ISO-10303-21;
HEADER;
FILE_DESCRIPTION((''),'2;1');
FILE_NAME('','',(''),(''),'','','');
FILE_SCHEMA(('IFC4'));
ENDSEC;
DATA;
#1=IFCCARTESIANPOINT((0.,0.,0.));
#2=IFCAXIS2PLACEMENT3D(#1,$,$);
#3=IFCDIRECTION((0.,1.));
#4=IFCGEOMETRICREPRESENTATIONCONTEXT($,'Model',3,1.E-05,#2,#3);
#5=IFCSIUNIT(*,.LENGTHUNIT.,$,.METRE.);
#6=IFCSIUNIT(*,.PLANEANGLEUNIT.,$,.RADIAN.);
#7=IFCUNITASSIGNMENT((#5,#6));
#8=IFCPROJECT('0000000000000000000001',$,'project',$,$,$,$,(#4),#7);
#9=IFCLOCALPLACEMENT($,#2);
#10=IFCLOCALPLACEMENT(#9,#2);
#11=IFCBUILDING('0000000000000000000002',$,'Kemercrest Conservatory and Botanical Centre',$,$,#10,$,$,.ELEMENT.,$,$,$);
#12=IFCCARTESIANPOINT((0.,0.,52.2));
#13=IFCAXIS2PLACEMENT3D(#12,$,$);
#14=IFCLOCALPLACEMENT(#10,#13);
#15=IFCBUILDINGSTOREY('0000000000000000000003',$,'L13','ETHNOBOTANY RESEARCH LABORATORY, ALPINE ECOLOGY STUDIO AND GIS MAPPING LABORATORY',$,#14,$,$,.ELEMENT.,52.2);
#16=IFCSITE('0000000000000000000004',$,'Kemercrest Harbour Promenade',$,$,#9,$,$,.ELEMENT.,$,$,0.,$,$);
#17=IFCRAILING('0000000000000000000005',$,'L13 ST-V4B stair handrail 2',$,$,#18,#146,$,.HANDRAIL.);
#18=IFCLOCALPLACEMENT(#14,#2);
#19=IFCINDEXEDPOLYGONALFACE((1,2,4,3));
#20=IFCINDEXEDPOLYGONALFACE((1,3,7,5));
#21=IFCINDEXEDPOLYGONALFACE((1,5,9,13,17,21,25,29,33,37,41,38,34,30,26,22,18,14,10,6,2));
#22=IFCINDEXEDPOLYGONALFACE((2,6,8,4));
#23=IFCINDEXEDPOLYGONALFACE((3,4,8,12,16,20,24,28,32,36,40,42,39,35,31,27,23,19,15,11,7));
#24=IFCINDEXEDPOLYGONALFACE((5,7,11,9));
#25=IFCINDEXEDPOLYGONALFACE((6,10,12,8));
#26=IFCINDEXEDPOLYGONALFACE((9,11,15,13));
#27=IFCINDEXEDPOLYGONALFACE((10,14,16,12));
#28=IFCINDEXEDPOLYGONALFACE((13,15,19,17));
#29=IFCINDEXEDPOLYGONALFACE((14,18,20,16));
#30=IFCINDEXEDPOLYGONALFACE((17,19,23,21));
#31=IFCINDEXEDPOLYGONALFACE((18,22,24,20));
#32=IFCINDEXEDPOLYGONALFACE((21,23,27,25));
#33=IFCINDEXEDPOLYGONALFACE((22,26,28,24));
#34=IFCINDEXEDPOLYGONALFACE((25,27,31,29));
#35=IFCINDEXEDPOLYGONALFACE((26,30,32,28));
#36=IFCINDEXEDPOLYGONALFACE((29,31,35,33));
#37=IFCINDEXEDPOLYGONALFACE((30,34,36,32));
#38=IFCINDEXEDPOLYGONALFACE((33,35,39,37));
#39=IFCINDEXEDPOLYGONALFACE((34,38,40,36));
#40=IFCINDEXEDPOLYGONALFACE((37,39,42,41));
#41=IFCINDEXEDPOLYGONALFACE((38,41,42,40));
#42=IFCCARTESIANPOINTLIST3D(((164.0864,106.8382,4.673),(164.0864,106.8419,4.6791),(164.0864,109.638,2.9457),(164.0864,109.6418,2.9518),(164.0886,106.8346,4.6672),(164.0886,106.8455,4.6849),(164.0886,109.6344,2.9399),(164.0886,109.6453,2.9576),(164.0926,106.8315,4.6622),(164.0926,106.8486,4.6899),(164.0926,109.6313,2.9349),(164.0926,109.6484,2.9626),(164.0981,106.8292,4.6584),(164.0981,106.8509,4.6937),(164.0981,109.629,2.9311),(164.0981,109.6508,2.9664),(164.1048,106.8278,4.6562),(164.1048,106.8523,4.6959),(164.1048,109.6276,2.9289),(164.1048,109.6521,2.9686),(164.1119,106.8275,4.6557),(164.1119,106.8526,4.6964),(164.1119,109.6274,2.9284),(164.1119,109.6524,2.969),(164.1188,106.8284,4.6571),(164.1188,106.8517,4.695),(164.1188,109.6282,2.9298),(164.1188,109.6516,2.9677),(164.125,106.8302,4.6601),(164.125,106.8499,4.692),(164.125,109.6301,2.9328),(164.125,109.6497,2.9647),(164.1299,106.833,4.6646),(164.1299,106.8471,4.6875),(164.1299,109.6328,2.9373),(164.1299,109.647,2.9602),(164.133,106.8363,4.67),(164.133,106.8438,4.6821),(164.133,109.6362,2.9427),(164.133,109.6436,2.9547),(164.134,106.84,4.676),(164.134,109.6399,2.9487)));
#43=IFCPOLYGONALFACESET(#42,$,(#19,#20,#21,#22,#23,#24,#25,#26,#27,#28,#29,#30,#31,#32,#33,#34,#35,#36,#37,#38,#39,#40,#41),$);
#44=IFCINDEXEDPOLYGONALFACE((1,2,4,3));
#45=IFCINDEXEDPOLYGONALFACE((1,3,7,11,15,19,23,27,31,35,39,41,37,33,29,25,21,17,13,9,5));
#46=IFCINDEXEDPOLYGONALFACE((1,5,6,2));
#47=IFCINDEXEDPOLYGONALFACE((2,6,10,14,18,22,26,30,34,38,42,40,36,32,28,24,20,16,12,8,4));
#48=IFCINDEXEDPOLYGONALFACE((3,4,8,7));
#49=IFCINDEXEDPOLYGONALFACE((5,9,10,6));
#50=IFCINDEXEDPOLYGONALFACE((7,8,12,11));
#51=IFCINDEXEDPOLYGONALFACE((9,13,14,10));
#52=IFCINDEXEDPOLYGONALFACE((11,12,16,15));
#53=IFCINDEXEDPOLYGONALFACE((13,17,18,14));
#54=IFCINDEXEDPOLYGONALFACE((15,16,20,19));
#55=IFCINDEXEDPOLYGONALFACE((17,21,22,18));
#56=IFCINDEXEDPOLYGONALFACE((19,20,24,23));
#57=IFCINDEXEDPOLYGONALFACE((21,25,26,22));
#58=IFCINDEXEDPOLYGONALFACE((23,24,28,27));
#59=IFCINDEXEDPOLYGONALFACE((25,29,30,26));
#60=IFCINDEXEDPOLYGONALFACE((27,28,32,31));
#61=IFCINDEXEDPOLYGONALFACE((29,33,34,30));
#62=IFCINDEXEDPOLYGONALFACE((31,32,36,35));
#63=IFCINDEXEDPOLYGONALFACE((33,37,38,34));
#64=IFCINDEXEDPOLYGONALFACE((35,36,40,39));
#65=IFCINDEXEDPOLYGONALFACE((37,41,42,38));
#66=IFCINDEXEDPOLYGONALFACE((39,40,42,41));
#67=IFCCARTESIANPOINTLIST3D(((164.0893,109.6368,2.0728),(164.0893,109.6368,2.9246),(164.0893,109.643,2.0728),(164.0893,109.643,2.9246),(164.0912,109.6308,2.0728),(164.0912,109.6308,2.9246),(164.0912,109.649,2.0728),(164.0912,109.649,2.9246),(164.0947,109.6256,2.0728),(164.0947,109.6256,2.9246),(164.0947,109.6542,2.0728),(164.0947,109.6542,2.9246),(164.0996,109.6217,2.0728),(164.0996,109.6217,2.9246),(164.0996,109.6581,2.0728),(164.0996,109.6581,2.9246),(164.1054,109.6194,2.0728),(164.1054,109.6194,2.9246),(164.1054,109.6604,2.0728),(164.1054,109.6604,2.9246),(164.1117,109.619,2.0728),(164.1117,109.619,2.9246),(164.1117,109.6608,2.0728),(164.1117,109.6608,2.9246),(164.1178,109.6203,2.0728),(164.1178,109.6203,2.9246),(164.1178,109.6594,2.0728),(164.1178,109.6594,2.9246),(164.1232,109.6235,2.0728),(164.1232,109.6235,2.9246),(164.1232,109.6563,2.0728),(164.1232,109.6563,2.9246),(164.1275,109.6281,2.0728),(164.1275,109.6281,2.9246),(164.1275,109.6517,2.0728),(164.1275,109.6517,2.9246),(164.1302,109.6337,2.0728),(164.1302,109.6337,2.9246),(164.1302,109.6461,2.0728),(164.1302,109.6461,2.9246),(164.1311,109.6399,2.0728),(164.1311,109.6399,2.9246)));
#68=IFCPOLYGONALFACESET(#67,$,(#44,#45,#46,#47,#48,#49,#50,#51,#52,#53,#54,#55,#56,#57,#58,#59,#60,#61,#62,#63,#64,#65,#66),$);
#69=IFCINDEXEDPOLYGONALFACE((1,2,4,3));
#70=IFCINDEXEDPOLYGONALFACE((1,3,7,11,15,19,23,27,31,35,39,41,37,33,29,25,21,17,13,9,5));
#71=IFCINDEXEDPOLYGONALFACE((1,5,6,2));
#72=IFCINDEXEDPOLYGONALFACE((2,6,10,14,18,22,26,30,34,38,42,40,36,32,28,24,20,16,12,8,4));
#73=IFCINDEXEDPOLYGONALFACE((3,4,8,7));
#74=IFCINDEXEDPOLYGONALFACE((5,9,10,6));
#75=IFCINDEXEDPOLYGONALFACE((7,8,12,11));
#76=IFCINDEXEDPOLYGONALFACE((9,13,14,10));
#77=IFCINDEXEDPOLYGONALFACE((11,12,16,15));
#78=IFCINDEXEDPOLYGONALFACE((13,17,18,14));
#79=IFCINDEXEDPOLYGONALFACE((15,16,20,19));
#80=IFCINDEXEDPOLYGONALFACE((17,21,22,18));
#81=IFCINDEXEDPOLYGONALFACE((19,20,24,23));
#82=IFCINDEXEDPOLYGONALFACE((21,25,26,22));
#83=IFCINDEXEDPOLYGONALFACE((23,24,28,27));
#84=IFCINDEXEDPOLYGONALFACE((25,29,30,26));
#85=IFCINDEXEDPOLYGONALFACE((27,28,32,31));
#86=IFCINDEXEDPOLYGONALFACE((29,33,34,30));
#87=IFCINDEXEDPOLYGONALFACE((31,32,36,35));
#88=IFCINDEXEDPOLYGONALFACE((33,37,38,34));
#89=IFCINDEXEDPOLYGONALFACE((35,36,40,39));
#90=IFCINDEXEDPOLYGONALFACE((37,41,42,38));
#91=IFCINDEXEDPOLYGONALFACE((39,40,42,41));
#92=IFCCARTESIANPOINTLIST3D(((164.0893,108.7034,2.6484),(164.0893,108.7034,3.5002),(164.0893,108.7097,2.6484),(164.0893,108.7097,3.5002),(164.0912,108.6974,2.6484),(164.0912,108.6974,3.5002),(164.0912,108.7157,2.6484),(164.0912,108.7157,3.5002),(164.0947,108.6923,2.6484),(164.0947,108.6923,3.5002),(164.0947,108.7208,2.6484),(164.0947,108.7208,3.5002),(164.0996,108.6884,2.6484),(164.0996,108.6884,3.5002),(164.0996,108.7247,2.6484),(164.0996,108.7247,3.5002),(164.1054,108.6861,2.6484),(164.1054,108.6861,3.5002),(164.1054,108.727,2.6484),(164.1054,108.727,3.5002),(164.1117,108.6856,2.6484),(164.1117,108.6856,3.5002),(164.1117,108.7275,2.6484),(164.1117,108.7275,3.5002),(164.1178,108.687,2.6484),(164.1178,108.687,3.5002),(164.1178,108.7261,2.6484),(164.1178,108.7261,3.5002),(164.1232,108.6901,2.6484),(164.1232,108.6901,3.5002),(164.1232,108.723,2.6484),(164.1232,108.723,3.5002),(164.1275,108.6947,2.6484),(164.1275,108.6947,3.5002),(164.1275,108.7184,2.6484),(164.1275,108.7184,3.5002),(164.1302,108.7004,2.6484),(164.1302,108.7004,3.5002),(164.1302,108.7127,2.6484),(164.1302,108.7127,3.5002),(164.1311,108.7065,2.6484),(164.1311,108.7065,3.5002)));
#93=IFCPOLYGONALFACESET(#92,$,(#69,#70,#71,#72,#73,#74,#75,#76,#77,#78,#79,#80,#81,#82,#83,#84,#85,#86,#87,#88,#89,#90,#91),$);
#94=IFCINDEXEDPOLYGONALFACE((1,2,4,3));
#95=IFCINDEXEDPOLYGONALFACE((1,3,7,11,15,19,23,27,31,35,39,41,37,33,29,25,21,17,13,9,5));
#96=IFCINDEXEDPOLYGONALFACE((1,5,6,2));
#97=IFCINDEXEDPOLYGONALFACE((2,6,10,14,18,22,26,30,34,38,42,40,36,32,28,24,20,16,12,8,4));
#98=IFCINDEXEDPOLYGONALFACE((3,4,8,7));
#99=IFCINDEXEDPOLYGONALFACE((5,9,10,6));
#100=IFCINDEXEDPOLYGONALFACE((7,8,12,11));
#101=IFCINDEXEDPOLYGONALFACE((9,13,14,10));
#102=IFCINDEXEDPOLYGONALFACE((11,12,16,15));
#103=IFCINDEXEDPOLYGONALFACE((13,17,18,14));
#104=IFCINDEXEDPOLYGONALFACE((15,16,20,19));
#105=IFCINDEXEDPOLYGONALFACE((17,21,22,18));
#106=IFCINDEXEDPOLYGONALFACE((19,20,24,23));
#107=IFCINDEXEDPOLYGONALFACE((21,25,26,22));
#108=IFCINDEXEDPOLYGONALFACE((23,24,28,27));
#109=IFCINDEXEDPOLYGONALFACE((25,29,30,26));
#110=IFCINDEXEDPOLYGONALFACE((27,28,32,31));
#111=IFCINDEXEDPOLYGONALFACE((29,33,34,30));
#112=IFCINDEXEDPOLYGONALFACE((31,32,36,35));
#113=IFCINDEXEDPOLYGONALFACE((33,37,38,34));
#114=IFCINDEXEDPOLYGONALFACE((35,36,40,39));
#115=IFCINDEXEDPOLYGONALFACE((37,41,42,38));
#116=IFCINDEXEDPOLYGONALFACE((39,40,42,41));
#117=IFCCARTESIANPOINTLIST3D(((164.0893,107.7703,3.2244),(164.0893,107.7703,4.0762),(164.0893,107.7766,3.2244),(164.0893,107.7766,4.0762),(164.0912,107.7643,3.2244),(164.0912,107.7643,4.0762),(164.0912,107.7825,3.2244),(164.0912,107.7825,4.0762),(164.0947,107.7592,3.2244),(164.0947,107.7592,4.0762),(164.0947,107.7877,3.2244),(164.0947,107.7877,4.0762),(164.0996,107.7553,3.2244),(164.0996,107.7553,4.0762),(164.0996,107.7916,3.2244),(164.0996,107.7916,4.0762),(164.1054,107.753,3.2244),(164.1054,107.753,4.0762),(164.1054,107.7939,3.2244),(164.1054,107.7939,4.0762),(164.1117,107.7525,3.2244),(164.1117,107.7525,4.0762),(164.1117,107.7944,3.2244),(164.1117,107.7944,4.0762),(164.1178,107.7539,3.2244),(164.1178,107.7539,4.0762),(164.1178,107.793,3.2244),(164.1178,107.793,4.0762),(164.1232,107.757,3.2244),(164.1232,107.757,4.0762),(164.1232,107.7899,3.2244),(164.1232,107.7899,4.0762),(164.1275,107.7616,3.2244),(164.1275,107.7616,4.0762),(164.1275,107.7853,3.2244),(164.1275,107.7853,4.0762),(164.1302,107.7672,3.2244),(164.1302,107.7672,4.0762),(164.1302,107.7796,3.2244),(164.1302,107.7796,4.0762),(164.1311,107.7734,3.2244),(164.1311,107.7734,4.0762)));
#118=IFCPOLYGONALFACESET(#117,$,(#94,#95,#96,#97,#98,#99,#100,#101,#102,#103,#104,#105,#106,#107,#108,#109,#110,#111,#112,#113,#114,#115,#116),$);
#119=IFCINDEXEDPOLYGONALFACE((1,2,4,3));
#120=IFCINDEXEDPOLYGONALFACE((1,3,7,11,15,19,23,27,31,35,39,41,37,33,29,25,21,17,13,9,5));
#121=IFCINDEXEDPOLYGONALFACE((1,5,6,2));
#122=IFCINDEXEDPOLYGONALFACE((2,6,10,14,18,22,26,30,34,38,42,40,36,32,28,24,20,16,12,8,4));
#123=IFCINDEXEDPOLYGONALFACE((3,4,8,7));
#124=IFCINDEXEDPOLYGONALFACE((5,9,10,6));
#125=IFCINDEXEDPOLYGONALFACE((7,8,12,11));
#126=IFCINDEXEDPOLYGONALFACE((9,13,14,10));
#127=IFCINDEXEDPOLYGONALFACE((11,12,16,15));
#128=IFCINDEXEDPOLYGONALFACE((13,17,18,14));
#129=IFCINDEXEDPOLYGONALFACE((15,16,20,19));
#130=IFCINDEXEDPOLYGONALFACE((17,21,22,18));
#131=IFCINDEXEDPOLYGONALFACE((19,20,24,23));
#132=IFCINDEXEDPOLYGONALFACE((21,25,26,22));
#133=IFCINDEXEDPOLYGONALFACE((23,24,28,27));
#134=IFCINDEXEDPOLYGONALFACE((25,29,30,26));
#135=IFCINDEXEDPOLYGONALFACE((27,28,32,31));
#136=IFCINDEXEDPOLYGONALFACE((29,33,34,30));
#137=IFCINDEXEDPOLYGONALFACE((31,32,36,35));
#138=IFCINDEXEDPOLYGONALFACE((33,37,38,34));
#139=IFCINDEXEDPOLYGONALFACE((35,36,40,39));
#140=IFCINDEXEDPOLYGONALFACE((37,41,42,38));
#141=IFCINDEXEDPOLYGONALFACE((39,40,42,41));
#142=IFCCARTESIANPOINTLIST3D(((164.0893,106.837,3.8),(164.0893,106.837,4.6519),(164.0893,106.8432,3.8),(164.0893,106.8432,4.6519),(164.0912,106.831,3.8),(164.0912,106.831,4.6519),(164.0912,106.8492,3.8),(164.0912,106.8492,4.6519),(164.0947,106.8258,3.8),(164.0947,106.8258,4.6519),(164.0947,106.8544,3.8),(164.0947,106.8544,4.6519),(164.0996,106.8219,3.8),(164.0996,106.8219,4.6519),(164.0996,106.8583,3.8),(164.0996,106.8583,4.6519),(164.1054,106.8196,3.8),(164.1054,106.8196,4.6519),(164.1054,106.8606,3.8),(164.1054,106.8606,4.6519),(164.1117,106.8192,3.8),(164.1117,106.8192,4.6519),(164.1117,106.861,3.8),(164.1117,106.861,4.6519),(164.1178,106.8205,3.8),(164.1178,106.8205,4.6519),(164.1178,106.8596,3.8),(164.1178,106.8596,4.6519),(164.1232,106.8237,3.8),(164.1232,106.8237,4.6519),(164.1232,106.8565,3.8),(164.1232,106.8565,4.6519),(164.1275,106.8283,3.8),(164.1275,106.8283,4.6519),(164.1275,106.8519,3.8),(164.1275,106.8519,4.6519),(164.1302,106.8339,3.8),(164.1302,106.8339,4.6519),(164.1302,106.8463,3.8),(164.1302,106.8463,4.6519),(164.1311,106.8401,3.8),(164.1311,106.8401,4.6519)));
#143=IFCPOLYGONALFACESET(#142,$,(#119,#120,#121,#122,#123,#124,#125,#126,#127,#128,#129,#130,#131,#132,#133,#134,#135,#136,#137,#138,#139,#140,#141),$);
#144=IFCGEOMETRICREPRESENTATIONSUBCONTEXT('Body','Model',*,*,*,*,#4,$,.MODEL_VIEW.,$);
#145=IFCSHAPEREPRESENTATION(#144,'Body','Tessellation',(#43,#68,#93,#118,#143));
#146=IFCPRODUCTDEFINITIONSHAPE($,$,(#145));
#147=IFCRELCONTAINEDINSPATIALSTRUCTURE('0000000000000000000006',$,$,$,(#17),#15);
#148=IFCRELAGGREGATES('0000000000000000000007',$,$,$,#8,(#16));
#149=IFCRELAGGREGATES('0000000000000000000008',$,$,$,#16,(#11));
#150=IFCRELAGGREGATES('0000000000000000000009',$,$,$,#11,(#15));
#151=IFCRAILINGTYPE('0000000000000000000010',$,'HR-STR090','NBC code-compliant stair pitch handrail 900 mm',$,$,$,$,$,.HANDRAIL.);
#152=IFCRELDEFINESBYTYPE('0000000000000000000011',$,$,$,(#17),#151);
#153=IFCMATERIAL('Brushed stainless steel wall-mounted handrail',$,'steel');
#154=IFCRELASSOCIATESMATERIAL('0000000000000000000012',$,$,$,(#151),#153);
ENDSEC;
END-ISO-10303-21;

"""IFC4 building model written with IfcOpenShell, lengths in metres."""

from ifc_helpers import new_model, si_unit, direction, frame, origin, origin_2d, place, context, subcontext, project, spatial, circle, extrude, material, type_object, element, save


model = new_model("IFC4")

# Units and contexts
model_context = context("Model", 3, precision=1e-05, world=origin(), true_north=direction((0.0, 1.0)))
body_context = subcontext(model_context, "Body", "Model", "MODEL_VIEW")
ifc_project = project(units=[si_unit("LENGTHUNIT", "METRE"), si_unit("PLANEANGLEUNIT", "RADIAN")], contexts=[model_context])

# Site, building, storey
site_placement = place(None, origin())
site = spatial("IfcSite", under=ifc_project, at=site_placement, Name="Kemercrest Harbour Promenade", CompositionType="ELEMENT", RefElevation=0.0)
building_placement = place(site_placement, origin())
building = spatial("IfcBuilding", under=site, at=building_placement, Name="Kemercrest Conservatory and Botanical Centre", CompositionType="ELEMENT")
storey_placement = place(building_placement, frame((0.0, 0.0, 52.2)))
storey = spatial("IfcBuildingStorey", under=building, at=storey_placement, Name="L13", Description="ETHNOBOTANY RESEARCH LABORATORY, ALPINE ECOLOGY STUDIO AND GIS MAPPING LABORATORY", CompositionType="ELEMENT", Elevation=52.2)

# Railing
ifc_material_1 = material(Name="Brushed stainless steel wall-mounted handrail", Category="steel")
railing_type_1 = type_object("IfcRailingType", Name="HR-STR090", Description="NBC code-compliant stair pitch handrail 900 mm", PredefinedType="HANDRAIL", material=ifc_material_1)
railing_1_placement = place(storey_placement, frame((164.1101, 109.6399, 2.0728)))
element("IfcRailing", 1, at=railing_1_placement, inside=storey, type_object=railing_type_1, Name="L13 ST-V4B stair handrail 2", PredefinedType="HANDRAIL", context=body_context, shape_type="SweptSolid", body=[
    extrude(circle(Radius=0.0239, at=origin_2d()), frame((0.0, 0.0, 0.876), z_axis=(0.0, -0.851069, 0.525054), x_axis=(1.0, 0.0, 0.0)), (0.0, 0.0, 1.0), 3.2898),
    extrude(circle(Radius=0.021, at=origin_2d()), origin(), (0.0, 0.0, 1.0), 0.8518),
    extrude(circle(Radius=0.021, at=origin_2d()), frame((0.0, -0.9333, 0.5757)), (0.0, 0.0, 1.0), 0.8518),
    extrude(circle(Radius=0.021, at=origin_2d()), frame((0.0, -1.8665, 1.1516)), (0.0, 0.0, 1.0), 0.8518),
    extrude(circle(Radius=0.021, at=origin_2d()), frame((0.0, -2.7998, 1.7273)), (0.0, 0.0, 1.0), 0.8518),
])

save(model, "model.ifc")
